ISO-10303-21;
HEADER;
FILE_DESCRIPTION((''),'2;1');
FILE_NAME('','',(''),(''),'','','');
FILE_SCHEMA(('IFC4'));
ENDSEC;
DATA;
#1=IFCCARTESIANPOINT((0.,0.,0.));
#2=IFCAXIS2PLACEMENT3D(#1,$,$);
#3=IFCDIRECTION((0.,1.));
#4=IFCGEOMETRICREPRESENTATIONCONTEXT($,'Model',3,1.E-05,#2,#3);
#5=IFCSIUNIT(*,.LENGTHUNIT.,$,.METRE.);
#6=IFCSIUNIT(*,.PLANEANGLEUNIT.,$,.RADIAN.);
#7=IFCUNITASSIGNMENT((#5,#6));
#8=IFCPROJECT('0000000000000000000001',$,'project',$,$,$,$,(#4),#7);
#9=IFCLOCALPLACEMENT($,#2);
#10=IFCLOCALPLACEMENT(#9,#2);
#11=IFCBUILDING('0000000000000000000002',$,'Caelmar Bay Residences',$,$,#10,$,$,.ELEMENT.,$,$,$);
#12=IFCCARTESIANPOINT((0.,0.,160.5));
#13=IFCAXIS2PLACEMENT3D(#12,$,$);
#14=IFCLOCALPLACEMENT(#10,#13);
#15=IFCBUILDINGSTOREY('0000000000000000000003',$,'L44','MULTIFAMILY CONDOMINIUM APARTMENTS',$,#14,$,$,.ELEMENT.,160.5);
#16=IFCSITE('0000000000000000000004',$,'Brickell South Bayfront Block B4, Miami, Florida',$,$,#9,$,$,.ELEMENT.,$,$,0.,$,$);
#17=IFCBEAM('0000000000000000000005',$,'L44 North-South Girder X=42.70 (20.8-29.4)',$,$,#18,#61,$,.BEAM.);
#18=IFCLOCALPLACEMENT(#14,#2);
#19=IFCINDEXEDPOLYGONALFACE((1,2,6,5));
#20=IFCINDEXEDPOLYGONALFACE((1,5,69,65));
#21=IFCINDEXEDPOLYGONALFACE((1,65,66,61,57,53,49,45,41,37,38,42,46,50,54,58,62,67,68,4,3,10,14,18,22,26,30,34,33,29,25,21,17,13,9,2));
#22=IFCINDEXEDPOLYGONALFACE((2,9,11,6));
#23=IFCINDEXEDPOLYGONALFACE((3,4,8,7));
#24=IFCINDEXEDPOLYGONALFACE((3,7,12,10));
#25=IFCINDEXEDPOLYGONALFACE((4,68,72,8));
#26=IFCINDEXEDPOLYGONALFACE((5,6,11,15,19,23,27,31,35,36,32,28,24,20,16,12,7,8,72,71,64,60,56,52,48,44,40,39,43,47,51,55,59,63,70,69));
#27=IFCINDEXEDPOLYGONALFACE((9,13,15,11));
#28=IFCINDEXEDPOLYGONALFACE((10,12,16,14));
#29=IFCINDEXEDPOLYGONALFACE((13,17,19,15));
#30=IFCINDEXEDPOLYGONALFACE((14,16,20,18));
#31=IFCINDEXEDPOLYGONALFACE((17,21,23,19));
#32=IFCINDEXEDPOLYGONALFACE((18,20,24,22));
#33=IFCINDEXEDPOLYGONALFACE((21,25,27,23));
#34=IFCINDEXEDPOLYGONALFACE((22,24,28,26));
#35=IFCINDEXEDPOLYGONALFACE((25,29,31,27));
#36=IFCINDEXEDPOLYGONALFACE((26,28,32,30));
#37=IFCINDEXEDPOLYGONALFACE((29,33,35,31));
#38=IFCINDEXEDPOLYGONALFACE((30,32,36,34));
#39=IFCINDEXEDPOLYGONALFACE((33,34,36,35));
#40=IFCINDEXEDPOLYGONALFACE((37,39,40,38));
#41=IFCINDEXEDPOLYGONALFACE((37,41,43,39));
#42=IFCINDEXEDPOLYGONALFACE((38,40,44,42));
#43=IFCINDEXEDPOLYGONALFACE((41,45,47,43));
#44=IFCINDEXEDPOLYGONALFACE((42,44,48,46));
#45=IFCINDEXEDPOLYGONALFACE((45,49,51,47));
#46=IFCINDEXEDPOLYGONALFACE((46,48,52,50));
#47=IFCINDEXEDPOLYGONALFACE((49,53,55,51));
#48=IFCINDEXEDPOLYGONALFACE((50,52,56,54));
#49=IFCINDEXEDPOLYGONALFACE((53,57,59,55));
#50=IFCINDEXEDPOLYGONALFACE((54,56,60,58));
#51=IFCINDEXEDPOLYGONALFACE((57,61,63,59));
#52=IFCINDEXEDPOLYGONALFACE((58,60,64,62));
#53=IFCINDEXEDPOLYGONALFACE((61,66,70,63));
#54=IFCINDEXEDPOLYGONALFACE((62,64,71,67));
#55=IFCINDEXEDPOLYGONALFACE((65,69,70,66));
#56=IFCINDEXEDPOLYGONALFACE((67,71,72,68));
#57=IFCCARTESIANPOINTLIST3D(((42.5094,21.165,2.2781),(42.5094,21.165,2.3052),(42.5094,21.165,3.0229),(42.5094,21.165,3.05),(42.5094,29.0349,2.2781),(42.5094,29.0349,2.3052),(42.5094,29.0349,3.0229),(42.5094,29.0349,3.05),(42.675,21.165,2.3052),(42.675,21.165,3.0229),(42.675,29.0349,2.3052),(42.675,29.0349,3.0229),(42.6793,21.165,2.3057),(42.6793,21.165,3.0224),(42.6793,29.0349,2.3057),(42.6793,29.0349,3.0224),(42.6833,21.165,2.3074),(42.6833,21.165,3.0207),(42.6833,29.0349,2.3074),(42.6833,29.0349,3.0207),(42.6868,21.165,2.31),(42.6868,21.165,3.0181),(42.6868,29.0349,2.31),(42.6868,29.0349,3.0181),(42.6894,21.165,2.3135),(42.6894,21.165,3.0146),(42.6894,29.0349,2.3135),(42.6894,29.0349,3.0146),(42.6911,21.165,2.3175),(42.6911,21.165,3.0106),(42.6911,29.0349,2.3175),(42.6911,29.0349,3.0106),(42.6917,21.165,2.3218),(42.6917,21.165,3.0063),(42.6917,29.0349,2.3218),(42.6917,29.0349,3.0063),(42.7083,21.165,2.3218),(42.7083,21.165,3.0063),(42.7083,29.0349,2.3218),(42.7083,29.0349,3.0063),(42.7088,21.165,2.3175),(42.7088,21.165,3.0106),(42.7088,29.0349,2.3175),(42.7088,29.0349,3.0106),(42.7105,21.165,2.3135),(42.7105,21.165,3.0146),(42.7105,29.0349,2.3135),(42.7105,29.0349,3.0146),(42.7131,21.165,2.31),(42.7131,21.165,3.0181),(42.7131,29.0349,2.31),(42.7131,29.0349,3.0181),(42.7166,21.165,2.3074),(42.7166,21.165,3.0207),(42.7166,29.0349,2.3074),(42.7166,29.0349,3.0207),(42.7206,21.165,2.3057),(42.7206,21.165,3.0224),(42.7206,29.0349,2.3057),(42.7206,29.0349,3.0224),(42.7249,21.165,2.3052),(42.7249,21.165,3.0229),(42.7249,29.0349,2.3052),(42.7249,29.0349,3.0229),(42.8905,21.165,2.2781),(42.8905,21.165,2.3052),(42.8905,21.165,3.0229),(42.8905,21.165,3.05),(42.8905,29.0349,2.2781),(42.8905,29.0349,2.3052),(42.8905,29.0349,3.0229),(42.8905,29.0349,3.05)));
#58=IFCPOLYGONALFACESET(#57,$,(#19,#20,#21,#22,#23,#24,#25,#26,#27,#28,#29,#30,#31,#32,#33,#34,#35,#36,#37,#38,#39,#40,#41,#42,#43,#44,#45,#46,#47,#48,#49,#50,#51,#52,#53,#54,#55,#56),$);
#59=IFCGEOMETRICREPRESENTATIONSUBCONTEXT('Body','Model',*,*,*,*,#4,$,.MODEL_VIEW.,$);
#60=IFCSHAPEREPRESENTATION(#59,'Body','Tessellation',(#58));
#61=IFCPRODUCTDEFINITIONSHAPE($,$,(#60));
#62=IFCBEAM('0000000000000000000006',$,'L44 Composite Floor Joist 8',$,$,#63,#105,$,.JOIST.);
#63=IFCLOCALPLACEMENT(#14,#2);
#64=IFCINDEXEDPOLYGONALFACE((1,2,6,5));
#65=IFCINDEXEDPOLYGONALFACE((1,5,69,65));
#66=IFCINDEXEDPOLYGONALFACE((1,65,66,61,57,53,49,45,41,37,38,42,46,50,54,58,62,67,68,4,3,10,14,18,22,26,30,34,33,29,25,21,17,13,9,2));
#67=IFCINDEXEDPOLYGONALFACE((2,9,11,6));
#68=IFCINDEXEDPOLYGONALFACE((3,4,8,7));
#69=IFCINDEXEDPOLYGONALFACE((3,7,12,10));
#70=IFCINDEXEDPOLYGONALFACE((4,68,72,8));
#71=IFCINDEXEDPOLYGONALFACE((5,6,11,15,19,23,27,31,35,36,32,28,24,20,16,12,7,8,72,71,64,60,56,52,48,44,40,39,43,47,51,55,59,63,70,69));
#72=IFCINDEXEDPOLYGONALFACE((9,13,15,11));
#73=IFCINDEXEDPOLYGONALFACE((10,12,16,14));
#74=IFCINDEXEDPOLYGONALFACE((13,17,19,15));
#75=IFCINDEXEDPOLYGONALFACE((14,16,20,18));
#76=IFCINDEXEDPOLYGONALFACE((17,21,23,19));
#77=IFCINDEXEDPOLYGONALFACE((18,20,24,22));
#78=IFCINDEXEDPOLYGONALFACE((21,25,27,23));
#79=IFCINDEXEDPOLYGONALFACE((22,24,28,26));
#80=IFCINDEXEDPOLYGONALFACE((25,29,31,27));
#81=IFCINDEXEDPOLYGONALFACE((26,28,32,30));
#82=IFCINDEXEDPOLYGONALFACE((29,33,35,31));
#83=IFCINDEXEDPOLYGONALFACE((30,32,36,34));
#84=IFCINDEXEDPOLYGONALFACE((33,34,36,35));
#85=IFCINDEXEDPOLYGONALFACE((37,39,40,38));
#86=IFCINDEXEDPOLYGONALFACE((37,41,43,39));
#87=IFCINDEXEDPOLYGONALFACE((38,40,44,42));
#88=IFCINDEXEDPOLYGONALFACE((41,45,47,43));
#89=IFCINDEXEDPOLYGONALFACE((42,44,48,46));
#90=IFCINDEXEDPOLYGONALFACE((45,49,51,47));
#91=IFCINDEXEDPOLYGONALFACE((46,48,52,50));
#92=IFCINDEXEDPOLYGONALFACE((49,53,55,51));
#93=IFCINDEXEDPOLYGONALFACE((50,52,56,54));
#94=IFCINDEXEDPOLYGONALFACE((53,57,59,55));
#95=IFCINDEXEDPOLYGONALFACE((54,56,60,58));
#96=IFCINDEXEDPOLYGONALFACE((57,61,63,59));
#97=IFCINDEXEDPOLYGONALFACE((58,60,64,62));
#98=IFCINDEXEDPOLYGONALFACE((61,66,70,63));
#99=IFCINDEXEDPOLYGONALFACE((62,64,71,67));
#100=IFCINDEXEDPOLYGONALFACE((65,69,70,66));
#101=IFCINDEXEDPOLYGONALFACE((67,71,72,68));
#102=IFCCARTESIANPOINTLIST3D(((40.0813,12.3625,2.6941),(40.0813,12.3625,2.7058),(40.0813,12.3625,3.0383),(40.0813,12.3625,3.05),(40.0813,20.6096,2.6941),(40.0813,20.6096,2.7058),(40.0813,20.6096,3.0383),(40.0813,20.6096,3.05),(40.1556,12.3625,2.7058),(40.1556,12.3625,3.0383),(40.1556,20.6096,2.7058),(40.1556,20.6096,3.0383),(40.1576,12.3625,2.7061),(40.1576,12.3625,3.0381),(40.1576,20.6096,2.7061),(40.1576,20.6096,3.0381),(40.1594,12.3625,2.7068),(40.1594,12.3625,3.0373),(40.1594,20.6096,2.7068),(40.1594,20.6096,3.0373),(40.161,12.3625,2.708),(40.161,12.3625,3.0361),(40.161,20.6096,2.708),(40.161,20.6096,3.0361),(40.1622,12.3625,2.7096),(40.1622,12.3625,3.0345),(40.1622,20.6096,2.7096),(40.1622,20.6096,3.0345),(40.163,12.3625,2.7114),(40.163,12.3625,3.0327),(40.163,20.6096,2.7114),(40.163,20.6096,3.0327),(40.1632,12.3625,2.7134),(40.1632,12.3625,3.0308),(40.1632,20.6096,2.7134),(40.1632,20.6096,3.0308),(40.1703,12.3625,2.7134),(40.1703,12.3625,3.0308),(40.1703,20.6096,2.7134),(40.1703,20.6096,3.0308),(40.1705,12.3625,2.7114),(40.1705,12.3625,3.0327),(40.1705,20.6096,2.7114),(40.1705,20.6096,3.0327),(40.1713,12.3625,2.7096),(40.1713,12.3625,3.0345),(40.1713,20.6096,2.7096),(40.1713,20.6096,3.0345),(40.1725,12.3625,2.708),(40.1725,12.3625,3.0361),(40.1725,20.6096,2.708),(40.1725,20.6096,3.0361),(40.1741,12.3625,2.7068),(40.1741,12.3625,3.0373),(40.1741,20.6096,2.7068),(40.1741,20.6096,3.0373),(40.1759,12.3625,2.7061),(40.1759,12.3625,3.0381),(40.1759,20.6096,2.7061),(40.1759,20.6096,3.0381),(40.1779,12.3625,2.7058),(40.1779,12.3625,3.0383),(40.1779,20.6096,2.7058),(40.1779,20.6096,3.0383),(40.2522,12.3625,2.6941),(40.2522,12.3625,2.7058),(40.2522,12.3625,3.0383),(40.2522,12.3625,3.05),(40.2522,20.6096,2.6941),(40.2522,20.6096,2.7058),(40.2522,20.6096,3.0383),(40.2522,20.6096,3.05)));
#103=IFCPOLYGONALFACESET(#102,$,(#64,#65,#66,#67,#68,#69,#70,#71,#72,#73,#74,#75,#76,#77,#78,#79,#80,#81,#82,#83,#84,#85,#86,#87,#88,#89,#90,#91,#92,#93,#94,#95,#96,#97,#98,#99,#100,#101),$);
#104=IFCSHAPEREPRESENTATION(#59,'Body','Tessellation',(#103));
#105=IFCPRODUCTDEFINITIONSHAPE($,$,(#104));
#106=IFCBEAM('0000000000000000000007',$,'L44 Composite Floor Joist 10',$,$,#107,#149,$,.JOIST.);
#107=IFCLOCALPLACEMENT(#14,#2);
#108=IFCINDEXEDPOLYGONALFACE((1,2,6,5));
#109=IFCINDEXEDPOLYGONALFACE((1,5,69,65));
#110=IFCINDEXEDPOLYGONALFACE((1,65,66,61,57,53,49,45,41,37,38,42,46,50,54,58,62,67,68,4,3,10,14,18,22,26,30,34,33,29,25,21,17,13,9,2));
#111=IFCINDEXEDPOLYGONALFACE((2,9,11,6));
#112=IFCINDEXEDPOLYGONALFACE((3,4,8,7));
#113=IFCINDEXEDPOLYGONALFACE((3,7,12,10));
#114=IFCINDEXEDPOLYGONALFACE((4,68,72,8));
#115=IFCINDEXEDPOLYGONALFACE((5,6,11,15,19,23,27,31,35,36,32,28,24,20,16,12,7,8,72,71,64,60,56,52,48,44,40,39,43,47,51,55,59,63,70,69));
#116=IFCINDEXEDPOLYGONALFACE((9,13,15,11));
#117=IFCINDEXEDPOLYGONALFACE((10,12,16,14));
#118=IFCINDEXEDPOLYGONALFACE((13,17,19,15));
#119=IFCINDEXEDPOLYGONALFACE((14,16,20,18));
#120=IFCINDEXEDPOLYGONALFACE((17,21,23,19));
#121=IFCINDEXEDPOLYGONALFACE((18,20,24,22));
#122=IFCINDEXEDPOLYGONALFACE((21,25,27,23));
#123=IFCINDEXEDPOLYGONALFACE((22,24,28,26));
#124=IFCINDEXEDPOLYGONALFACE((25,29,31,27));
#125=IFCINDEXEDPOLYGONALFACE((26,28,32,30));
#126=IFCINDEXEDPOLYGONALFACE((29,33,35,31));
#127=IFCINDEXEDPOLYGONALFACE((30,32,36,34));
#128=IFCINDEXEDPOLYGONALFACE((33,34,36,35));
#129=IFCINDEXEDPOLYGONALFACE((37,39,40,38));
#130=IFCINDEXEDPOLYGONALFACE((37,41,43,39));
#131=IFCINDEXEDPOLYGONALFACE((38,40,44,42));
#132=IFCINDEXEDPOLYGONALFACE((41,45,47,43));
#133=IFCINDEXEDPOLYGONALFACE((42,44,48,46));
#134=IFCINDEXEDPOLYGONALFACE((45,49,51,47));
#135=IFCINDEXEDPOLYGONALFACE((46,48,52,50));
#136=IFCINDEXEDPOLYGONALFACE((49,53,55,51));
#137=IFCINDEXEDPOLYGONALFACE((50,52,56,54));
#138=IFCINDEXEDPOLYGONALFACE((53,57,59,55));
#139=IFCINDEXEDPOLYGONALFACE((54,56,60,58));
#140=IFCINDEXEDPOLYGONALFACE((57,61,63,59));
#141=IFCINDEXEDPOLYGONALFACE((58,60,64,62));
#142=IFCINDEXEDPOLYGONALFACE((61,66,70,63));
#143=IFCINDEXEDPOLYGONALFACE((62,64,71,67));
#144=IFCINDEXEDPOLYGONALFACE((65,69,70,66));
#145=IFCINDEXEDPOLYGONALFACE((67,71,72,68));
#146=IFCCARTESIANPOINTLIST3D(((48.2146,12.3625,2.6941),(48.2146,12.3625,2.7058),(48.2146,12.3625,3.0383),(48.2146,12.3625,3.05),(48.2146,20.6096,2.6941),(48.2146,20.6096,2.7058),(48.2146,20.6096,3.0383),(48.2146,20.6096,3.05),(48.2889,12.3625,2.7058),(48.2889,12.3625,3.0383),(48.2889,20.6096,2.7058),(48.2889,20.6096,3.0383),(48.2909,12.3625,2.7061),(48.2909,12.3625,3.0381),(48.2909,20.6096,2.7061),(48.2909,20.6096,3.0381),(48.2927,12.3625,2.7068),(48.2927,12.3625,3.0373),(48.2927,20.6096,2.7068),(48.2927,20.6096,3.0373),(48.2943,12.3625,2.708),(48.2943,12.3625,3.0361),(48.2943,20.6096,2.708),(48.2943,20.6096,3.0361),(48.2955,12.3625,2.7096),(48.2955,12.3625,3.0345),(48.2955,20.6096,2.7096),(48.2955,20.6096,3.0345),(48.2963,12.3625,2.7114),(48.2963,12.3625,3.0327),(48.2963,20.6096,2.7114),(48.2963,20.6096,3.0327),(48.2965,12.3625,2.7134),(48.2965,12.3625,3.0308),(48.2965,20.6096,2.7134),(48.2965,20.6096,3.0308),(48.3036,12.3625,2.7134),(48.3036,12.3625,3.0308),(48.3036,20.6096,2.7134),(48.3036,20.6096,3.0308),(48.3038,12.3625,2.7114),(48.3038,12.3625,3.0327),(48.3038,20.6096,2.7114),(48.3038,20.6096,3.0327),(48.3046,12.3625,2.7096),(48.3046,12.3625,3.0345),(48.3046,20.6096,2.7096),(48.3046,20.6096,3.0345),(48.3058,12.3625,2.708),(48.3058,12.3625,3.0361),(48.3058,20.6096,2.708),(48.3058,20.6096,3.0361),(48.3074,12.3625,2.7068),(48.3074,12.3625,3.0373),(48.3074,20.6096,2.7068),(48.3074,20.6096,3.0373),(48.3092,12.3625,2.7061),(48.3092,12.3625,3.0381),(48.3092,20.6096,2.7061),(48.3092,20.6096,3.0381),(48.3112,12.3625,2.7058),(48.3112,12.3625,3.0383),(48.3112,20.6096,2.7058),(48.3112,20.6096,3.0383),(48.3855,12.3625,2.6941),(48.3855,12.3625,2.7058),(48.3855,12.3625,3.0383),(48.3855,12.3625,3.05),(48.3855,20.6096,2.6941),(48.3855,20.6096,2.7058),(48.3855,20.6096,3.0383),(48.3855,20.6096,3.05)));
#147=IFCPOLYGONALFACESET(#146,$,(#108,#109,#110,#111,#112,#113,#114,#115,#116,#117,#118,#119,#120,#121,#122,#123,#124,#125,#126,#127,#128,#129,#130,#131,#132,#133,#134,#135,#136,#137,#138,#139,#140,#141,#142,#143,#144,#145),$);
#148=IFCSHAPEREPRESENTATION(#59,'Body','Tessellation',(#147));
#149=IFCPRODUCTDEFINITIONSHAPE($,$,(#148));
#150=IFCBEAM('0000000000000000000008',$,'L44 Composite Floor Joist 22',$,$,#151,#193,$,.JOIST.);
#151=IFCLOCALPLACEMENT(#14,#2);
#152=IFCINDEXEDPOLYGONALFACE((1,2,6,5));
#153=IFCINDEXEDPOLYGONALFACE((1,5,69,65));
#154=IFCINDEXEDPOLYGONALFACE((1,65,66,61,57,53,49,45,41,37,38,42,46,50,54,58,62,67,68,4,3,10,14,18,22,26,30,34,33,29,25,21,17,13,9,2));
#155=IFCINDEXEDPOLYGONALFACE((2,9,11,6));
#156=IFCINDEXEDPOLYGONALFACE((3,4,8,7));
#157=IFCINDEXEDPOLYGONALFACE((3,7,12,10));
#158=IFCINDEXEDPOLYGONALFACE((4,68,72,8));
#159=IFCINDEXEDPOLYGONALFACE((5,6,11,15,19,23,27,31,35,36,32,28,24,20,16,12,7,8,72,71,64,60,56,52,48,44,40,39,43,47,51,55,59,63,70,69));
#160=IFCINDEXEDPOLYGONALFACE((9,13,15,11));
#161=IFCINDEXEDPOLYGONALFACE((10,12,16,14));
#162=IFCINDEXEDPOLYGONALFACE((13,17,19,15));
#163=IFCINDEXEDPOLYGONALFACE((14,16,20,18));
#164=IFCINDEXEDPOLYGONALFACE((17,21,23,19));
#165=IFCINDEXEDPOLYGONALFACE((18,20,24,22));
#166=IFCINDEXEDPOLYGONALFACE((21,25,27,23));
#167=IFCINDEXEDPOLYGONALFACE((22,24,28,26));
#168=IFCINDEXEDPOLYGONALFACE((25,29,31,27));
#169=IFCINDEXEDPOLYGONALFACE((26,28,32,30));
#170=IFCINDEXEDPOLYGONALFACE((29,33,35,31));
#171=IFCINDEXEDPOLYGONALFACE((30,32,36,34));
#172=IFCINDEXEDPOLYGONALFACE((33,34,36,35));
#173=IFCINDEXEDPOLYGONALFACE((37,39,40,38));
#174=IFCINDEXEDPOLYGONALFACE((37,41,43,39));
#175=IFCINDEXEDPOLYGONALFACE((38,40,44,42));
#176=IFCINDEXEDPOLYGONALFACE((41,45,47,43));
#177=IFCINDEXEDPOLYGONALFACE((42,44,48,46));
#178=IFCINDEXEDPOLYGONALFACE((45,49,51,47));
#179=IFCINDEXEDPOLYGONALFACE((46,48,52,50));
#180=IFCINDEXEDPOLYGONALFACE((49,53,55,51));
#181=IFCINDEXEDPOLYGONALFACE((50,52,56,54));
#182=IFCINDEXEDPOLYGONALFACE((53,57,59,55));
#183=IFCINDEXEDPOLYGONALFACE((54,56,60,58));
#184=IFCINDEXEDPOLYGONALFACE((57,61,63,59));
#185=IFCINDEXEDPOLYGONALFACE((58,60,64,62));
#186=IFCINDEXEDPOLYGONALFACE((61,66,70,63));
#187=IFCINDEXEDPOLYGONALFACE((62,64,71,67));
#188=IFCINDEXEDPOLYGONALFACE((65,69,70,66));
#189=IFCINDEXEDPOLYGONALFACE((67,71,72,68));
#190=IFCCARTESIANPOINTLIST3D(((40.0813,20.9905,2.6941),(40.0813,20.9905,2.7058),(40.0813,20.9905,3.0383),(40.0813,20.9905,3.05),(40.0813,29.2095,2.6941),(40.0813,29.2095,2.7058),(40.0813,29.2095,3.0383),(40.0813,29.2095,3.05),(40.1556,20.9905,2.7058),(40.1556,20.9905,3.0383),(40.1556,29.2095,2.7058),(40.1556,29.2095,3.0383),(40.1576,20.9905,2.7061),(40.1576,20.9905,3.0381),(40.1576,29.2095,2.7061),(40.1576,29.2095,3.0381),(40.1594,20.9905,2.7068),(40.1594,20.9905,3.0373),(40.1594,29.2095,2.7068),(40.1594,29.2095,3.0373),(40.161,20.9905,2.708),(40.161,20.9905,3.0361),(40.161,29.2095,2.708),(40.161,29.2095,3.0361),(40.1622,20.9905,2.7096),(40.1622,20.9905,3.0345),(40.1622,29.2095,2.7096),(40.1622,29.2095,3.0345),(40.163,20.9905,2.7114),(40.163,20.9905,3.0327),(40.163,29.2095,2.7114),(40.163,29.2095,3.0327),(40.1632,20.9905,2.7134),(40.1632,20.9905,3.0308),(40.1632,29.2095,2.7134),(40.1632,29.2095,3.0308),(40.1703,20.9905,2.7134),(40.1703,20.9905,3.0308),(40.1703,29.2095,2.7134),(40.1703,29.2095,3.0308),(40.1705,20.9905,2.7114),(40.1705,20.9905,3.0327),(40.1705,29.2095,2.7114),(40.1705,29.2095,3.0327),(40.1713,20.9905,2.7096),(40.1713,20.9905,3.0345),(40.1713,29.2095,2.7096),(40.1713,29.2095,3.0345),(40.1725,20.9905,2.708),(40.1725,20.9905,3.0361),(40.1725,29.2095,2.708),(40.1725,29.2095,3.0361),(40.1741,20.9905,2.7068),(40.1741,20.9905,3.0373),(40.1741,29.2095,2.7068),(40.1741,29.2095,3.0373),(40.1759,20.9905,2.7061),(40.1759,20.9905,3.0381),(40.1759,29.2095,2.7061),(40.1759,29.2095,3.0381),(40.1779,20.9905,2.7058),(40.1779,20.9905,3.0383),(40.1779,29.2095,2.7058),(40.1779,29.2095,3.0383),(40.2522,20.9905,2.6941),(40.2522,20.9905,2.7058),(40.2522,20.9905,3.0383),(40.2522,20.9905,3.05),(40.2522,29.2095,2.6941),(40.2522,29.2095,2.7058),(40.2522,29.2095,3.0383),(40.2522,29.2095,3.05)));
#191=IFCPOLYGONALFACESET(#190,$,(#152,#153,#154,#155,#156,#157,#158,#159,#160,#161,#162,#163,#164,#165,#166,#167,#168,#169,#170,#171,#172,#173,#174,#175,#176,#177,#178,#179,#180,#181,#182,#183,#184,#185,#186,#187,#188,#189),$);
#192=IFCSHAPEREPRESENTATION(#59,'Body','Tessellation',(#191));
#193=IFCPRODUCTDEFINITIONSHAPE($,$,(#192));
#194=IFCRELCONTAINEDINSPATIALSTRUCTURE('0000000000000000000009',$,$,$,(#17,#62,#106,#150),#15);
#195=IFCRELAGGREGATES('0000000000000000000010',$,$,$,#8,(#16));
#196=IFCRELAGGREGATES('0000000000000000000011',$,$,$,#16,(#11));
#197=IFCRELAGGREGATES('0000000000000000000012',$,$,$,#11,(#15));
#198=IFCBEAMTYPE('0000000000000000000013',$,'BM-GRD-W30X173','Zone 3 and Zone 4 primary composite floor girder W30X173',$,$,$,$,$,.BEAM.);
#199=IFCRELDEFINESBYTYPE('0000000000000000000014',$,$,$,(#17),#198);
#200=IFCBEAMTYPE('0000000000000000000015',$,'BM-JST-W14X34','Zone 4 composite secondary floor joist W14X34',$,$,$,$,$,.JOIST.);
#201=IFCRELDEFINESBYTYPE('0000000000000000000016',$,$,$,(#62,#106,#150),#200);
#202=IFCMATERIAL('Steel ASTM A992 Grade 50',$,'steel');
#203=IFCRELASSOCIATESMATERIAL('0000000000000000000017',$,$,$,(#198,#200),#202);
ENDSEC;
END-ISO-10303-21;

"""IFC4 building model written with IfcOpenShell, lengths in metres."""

from ifc_helpers import new_model, si_unit, direction, frame, origin, origin_2d, place, context, subcontext, project, spatial, i_section, extrude, material, material_profile, profile_set, type_object, element, save


model = new_model("IFC4")

# Units and contexts
model_context = context("Model", 3, precision=1e-05, world=origin(), true_north=direction((0.0, 1.0)))
body_context = subcontext(model_context, "Body", "Model", "MODEL_VIEW")
ifc_project = project(units=[si_unit("LENGTHUNIT", "METRE"), si_unit("PLANEANGLEUNIT", "RADIAN")], contexts=[model_context])

# Site, building, storey
site_placement = place(None, origin())
site = spatial("IfcSite", under=ifc_project, at=site_placement, Name="Brickell South Bayfront Block B4, Miami, Florida", CompositionType="ELEMENT", RefElevation=0.0)
building_placement = place(site_placement, origin())
building = spatial("IfcBuilding", under=site, at=building_placement, Name="Caelmar Bay Residences", CompositionType="ELEMENT")
storey_placement = place(building_placement, frame((0.0, 0.0, 160.5)))
storey = spatial("IfcBuildingStorey", under=building, at=storey_placement, Name="L44", Description="MULTIFAMILY CONDOMINIUM APARTMENTS", CompositionType="ELEMENT", Elevation=160.5)

# Beams
ifc_material_1 = material(Name="Steel ASTM A992 Grade 50", Category="steel")
ifc_material_profile_1 = material_profile(ifc_material_1, i_section(OverallWidth=0.3811, OverallDepth=0.772, WebThickness=0.0166, FlangeThickness=0.0271, FilletRadius=0.0166, at=origin_2d()), Name="W30X173")
ifc_profile_set_1 = profile_set([ifc_material_profile_1], Name="Steel ASTM A992 Grade 50")
beam_type_1 = type_object("IfcBeamType", Name="BM-GRD-W30X173", Description="Zone 3 and Zone 4 primary composite floor girder W30X173", PredefinedType="BEAM", material=ifc_profile_set_1)
beam_1_placement = place(storey_placement, frame((42.7, 21.165, 2.6641), z_axis=(0.0, 1.0, 0.0), x_axis=(-1.0, 0.0, 0.0)))
element("IfcBeam", 1, at=beam_1_placement, inside=storey, type_object=beam_type_1, Name="L44 North-South Girder X=42.70 (20.8-29.4)", PredefinedType="BEAM", context=body_context, shape_type="SweptSolid", body=[
    extrude(i_section(OverallWidth=0.3811, OverallDepth=0.772, WebThickness=0.0166, FlangeThickness=0.0271, FilletRadius=0.0166, at=origin_2d()), origin(), (0.0, 0.0, 1.0), 7.8699),
])
ifc_material_profile_2 = material_profile(ifc_material_1, i_section(OverallWidth=0.1709, OverallDepth=0.356, WebThickness=0.0071, FlangeThickness=0.0117, FilletRadius=0.0076, at=origin_2d()), Name="W14X34")
ifc_profile_set_2 = profile_set([ifc_material_profile_2], Name="Steel ASTM A992 Grade 50")
beam_type_2 = type_object("IfcBeamType", Name="BM-JST-W14X34", Description="Zone 4 composite secondary floor joist W14X34", PredefinedType="JOIST", material=ifc_profile_set_2)
for number, where, z_axis, x_axis, name in (
    (2, (40.1667, 12.3625, 2.8721), (0.0, 1.0, 0.0), (-1.0, 0.0, 0.0), "L44 Composite Floor Joist 8"),
    (3, (48.3, 12.3625, 2.8721), (0.0, 1.0, 0.0), (-1.0, 0.0, 0.0), "L44 Composite Floor Joist 10"),
):
    element("IfcBeam", number, at=place(storey_placement, frame(where, z_axis=z_axis, x_axis=x_axis)), inside=storey, type_object=beam_type_2, Name=name, PredefinedType="JOIST", context=body_context, shape_type="SweptSolid", body=[
        extrude(i_section(OverallWidth=0.1709, OverallDepth=0.356, WebThickness=0.0071, FlangeThickness=0.0117, FilletRadius=0.0076, at=origin_2d()), origin(), (0.0, 0.0, 1.0), 8.2471),
    ])
for number, where, z_axis, x_axis, name in (
    (4, (40.1667, 20.9905, 2.8721), (0.0, 1.0, 0.0), (-1.0, 0.0, 0.0), "L44 Composite Floor Joist 22"),
):
    element("IfcBeam", number, at=place(storey_placement, frame(where, z_axis=z_axis, x_axis=x_axis)), inside=storey, type_object=beam_type_2, Name=name, PredefinedType="JOIST", context=body_context, shape_type="SweptSolid", body=[
        extrude(i_section(OverallWidth=0.1709, OverallDepth=0.356, WebThickness=0.0071, FlangeThickness=0.0117, FilletRadius=0.0076, at=origin_2d()), origin(), (0.0, 0.0, 1.0), 8.219),
    ])

save(model, "model.ifc")
